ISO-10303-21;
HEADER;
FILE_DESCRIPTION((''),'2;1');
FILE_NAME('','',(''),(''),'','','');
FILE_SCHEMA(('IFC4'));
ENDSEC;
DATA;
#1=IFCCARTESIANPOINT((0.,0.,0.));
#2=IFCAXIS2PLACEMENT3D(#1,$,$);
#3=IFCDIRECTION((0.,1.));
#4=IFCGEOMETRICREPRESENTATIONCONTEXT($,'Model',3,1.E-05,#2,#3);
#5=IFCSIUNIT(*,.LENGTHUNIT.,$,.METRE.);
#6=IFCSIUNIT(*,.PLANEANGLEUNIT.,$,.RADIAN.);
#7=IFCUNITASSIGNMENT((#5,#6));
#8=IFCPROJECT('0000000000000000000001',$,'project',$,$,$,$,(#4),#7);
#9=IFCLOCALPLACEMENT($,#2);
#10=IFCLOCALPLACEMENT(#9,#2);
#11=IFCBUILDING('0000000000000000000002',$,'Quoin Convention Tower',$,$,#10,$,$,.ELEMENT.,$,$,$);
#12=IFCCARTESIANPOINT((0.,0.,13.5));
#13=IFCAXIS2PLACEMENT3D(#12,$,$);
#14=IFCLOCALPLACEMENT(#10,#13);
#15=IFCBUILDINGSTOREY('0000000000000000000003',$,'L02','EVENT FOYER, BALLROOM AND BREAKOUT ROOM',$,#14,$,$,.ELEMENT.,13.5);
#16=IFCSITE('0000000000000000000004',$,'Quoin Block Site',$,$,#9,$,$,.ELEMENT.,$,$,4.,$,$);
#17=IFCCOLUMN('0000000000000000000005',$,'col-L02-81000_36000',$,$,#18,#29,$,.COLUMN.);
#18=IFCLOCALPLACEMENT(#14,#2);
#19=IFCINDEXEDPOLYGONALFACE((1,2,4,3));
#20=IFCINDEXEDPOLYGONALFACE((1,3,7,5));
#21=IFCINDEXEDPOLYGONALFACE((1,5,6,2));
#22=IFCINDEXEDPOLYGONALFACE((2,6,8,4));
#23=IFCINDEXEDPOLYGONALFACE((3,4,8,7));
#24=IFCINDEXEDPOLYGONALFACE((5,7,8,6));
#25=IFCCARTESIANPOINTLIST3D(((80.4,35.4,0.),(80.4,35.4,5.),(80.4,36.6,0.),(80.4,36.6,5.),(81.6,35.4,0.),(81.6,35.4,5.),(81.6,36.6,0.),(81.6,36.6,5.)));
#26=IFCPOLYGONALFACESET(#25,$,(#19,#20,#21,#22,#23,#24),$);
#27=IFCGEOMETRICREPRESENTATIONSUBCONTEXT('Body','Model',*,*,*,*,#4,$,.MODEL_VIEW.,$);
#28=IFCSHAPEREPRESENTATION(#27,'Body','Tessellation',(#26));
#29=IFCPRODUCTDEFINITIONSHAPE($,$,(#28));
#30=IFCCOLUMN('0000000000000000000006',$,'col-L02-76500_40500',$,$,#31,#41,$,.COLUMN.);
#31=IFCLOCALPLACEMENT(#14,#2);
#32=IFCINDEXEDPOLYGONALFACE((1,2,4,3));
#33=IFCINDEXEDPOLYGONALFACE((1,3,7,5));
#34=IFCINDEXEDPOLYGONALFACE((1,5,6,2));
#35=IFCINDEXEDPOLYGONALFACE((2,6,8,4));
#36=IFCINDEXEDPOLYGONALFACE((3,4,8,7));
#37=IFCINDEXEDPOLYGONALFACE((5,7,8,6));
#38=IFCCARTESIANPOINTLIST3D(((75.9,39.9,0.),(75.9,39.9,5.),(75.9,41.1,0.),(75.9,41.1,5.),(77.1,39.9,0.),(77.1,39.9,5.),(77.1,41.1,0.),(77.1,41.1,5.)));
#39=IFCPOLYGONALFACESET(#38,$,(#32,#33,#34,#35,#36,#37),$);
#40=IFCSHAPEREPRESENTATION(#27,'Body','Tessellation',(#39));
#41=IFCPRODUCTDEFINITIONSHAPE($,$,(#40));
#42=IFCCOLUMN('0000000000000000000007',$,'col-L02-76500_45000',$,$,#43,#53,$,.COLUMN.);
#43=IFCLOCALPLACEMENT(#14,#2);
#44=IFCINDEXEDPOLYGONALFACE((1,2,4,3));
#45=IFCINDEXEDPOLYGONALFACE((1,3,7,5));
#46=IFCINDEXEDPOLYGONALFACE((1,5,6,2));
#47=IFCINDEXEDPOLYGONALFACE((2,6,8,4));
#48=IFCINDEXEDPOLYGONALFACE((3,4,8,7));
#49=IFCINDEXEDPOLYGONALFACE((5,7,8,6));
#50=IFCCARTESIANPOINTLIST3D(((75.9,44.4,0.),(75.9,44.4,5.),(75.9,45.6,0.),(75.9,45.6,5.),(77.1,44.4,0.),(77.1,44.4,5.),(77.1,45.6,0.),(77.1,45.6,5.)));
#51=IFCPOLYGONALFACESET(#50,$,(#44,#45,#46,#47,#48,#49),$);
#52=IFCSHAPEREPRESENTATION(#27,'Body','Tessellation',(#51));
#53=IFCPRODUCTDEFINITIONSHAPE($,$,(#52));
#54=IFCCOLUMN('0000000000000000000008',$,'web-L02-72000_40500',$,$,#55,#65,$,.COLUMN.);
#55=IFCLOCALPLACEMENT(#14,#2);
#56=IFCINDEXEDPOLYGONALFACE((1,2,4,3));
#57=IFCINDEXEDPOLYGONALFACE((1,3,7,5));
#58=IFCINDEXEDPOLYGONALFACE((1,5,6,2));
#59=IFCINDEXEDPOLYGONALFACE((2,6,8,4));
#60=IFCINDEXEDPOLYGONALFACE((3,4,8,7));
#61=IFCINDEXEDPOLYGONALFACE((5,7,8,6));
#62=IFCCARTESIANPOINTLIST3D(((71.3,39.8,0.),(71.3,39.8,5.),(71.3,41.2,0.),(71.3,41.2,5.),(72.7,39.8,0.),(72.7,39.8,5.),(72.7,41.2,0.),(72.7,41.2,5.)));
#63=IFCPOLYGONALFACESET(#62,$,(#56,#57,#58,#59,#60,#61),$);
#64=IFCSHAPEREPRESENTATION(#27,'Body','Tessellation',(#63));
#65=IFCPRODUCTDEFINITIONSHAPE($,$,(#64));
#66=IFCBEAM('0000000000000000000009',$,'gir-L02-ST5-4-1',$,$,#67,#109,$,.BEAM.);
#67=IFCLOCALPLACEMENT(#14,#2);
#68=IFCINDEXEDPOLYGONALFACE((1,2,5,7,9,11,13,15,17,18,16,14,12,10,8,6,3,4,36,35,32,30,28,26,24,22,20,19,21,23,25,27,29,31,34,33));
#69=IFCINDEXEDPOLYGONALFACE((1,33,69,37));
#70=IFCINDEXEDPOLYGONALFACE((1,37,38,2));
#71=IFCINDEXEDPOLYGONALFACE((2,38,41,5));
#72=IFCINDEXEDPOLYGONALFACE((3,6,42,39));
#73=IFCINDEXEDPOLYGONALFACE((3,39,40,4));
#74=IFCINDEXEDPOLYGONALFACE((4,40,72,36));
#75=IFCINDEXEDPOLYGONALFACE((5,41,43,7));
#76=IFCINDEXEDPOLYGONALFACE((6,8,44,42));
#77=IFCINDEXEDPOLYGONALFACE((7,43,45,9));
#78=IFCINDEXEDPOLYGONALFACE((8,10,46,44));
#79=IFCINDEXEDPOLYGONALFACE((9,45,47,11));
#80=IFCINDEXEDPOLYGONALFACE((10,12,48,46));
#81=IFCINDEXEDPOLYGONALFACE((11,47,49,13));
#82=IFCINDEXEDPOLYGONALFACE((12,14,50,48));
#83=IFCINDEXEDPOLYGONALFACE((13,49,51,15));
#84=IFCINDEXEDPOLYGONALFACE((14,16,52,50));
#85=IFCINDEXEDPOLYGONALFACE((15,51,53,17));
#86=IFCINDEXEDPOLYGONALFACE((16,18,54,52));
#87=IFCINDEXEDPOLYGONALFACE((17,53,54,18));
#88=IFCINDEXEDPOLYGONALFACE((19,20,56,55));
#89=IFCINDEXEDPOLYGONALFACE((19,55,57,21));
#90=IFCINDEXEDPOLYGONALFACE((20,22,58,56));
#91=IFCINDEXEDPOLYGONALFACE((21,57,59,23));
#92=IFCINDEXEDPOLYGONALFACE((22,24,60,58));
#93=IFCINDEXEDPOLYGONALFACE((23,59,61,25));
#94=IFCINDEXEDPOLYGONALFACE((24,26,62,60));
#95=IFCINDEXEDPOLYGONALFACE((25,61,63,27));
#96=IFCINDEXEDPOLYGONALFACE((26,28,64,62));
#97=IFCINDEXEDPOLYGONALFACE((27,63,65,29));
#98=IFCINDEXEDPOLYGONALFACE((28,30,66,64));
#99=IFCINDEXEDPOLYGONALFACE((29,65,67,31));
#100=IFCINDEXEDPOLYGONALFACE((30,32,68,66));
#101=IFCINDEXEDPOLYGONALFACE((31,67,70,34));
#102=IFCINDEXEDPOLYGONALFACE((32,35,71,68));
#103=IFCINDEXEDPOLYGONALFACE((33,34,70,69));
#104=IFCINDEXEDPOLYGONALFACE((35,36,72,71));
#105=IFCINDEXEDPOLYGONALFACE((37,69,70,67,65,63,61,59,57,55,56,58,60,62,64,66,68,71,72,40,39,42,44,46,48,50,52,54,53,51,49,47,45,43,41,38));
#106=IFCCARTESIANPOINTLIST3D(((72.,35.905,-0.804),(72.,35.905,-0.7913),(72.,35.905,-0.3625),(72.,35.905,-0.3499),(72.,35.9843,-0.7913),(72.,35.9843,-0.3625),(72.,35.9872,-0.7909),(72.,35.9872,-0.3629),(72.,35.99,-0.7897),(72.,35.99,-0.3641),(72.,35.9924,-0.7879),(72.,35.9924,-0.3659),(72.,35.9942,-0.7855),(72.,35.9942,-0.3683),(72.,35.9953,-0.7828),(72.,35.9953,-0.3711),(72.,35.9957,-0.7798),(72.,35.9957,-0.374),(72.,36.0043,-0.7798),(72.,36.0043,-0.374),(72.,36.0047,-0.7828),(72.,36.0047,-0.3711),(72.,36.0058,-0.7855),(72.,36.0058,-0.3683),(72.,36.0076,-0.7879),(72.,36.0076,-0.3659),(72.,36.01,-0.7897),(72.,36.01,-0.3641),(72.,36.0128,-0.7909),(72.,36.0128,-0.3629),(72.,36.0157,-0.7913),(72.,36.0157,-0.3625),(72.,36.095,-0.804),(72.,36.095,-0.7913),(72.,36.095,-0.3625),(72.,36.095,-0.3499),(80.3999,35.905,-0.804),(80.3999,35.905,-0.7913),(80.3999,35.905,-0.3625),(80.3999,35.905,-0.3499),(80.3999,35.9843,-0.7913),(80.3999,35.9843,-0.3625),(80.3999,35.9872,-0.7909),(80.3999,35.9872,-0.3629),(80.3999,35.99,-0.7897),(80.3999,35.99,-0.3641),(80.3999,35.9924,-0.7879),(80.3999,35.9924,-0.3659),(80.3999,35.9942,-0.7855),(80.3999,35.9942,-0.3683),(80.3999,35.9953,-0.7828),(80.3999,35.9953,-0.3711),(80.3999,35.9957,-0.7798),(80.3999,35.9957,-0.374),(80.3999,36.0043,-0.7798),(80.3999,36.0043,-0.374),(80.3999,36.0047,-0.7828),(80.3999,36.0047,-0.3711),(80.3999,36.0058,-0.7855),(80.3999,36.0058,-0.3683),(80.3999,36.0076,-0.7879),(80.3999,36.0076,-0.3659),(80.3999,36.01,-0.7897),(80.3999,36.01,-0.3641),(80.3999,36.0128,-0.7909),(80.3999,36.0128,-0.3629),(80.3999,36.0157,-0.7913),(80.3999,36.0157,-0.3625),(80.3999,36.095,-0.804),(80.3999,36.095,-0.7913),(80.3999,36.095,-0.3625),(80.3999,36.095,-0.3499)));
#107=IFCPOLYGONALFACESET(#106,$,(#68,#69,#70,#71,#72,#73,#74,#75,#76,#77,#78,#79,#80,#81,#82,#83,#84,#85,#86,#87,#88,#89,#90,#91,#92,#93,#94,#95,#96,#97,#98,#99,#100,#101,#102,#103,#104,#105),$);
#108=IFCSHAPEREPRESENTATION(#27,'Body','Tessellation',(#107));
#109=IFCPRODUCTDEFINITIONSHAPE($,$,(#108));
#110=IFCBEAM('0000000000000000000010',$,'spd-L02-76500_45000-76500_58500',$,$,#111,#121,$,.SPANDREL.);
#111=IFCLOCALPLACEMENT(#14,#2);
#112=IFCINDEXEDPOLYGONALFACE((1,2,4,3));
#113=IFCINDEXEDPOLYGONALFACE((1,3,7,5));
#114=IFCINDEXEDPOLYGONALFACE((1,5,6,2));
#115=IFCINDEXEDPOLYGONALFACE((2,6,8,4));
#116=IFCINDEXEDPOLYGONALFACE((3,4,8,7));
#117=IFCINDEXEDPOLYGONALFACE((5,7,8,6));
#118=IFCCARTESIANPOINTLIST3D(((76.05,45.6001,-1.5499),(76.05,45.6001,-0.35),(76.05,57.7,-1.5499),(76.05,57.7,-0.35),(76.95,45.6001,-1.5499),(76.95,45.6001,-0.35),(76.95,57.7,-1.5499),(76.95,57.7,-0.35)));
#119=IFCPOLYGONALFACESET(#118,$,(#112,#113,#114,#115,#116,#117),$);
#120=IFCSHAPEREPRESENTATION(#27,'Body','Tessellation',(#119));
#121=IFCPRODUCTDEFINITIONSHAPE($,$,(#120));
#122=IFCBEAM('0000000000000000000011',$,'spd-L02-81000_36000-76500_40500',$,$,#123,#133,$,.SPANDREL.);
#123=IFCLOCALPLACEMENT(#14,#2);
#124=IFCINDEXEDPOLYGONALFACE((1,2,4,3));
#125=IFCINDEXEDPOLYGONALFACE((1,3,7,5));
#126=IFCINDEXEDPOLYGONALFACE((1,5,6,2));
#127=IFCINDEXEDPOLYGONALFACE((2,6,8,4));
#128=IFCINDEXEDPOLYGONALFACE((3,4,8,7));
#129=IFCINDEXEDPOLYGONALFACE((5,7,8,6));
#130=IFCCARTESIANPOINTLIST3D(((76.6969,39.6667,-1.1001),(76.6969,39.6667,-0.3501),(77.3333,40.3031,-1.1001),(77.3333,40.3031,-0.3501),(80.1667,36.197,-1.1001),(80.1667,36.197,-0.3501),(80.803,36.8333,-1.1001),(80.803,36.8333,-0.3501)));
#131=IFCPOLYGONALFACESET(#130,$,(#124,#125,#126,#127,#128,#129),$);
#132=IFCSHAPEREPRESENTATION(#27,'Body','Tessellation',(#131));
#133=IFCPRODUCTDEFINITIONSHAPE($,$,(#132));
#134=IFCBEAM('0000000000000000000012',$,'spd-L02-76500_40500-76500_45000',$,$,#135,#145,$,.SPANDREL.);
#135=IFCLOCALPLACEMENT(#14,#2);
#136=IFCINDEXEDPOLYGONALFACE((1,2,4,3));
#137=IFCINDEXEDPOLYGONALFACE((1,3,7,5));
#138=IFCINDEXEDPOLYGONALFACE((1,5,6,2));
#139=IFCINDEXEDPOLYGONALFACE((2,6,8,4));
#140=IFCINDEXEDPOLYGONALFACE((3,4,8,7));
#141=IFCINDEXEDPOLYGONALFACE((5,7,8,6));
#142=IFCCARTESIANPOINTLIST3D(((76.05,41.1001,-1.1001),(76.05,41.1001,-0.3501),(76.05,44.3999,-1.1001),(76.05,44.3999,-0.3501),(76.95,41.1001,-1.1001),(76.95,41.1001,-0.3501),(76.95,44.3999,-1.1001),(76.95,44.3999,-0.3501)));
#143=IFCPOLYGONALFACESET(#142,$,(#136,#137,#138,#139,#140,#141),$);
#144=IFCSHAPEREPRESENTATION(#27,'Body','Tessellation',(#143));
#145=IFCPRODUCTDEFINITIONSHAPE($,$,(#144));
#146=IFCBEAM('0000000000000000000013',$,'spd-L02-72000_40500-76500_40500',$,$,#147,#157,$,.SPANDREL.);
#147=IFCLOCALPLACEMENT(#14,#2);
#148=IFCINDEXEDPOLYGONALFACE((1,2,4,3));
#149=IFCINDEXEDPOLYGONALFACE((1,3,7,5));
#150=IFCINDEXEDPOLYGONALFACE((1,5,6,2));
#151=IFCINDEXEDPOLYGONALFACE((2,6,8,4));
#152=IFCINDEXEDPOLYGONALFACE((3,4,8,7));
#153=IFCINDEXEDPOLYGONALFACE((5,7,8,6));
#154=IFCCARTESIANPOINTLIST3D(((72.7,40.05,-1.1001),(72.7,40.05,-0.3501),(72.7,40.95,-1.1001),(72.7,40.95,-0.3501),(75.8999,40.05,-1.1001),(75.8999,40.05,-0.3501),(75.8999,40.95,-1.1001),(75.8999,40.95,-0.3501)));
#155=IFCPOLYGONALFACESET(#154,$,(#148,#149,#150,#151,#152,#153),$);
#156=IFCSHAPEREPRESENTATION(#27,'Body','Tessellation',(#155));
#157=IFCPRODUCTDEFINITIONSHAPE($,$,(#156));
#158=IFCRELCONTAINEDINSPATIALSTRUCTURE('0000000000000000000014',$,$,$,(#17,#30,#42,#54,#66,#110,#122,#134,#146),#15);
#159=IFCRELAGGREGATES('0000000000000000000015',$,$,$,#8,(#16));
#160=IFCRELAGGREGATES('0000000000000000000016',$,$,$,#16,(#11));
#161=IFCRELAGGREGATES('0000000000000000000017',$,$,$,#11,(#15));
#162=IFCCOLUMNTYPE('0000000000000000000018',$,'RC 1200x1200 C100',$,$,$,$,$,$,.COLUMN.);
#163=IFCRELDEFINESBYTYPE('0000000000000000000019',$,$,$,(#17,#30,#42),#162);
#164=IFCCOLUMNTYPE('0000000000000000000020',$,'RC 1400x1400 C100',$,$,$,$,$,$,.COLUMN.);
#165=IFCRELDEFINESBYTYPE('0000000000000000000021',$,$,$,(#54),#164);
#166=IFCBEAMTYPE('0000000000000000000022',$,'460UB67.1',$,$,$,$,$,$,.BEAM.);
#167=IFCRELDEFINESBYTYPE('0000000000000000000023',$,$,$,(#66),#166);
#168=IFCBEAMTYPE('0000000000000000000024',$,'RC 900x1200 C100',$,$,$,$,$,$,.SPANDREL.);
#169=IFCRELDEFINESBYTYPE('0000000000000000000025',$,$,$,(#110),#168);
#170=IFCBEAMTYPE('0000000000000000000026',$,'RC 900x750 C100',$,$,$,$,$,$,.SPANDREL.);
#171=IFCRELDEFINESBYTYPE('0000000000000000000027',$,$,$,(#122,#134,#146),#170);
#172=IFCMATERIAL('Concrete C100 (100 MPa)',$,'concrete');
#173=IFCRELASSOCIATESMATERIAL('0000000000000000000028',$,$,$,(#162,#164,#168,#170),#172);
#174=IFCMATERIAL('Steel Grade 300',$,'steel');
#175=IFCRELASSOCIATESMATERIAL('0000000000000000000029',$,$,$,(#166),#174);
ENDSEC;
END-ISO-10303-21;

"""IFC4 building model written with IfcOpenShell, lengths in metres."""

from ifc_helpers import new_model, si_unit, direction, frame, origin, origin_2d, place, context, subcontext, project, spatial, rectangle, i_section, extrude, material, material_profile, profile_set, type_object, element, save


model = new_model("IFC4")

# Units and contexts
model_context = context("Model", 3, precision=1e-05, world=origin(), true_north=direction((0.0, 1.0)))
body_context = subcontext(model_context, "Body", "Model", "MODEL_VIEW")
ifc_project = project(units=[si_unit("LENGTHUNIT", "METRE"), si_unit("PLANEANGLEUNIT", "RADIAN")], contexts=[model_context])

# Site, building, storey
site_placement = place(None, origin())
site = spatial("IfcSite", under=ifc_project, at=site_placement, Name="Quoin Block Site", CompositionType="ELEMENT", RefElevation=4.0)
building_placement = place(site_placement, origin())
building = spatial("IfcBuilding", under=site, at=building_placement, Name="Quoin Convention Tower", CompositionType="ELEMENT")
storey_placement = place(building_placement, frame((0.0, 0.0, 13.5)))
storey = spatial("IfcBuildingStorey", under=building, at=storey_placement, Name="L02", Description="EVENT FOYER, BALLROOM AND BREAKOUT ROOM", CompositionType="ELEMENT", Elevation=13.5)

# Columns
ifc_material_1 = material(Name="Concrete C100 (100 MPa)", Category="concrete")
ifc_material_profile_1 = material_profile(ifc_material_1, rectangle(XDim=1.2, YDim=1.2, at=origin_2d()), Name="RC 1200x1200")
ifc_profile_set_1 = profile_set([ifc_material_profile_1], Name="Concrete C100 (100 MPa)")
column_type_1 = type_object("IfcColumnType", Name="RC 1200x1200 C100", PredefinedType="COLUMN", material=ifc_profile_set_1)
for number, where, z_axis, x_axis, name in (
    (1, (81.0, 36.0, 0.0), (0.0, 0.0, 1.0), (1.0, 0.0, 0.0), "col-L02-81000_36000"),
    (2, (76.5, 40.5, 0.0), (0.0, 0.0, 1.0), (1.0, 0.0, 0.0), "col-L02-76500_40500"),
    (3, (76.5, 45.0, 0.0), (0.0, 0.0, 1.0), (1.0, 0.0, 0.0), "col-L02-76500_45000"),
):
    element("IfcColumn", number, at=place(storey_placement, frame(where, z_axis=z_axis, x_axis=x_axis)), inside=storey, type_object=column_type_1, Name=name, PredefinedType="COLUMN", context=body_context, shape_type="SweptSolid", body=[
        extrude(rectangle(XDim=1.2, YDim=1.2, at=origin_2d()), origin(), (0.0, 0.0, 1.0), 5.0),
    ])
ifc_material_profile_2 = material_profile(ifc_material_1, rectangle(XDim=1.3999, YDim=1.3999, at=origin_2d()), Name="RC 1400x1400")
ifc_profile_set_2 = profile_set([ifc_material_profile_2], Name="Concrete C100 (100 MPa)")
column_type_2 = type_object("IfcColumnType", Name="RC 1400x1400 C100", PredefinedType="COLUMN", material=ifc_profile_set_2)
column_placement = place(storey_placement, frame((72.0, 40.5, 0.0), z_axis=(0.0, 0.0, 1.0), x_axis=(1.0, 0.0, 0.0)))
element("IfcColumn", 4, at=column_placement, inside=storey, type_object=column_type_2, Name="web-L02-72000_40500", PredefinedType="COLUMN", context=body_context, shape_type="SweptSolid", body=[
    extrude(rectangle(XDim=1.3999, YDim=1.3999, at=origin_2d()), origin(), (0.0, 0.0, 1.0), 5.0),
])

# Beams
ifc_material_2 = material(Name="Steel Grade 300", Category="steel")
ifc_material_profile_3 = material_profile(ifc_material_2, i_section(OverallWidth=0.1899, OverallDepth=0.4541, WebThickness=0.0085, FlangeThickness=0.0127, FilletRadius=0.0115, at=origin_2d()), Name="460UB67.1")
ifc_profile_set_3 = profile_set([ifc_material_profile_3], Name="Steel Grade 300")
beam_type_1 = type_object("IfcBeamType", Name="460UB67.1", PredefinedType="BEAM", material=ifc_profile_set_3)
beam_1_placement = place(storey_placement, frame((72.0, 36.0, -0.5769), z_axis=(1.0, 0.0, 0.0), x_axis=(0.0, 1.0, 0.0)))
element("IfcBeam", 5, at=beam_1_placement, inside=storey, type_object=beam_type_1, Name="gir-L02-ST5-4-1", PredefinedType="BEAM", context=body_context, shape_type="SweptSolid", body=[
    extrude(i_section(OverallWidth=0.1899, OverallDepth=0.4541, WebThickness=0.0085, FlangeThickness=0.0127, FilletRadius=0.0115, at=origin_2d()), origin(), (0.0, 0.0, 1.0), 8.3999),
])
ifc_material_profile_4 = material_profile(ifc_material_1, rectangle(XDim=0.8999, YDim=1.2, at=origin_2d()), Name="RC 900x1200")
ifc_profile_set_4 = profile_set([ifc_material_profile_4], Name="Concrete C100 (100 MPa)")
beam_type_2 = type_object("IfcBeamType", Name="RC 900x1200 C100", PredefinedType="SPANDREL", material=ifc_profile_set_4)
beam_2_placement = place(storey_placement, frame((76.5, 45.6001, -0.95), z_axis=(0.0, 1.0, 0.0), x_axis=(-1.0, 0.0, 0.0)))
element("IfcBeam", 6, at=beam_2_placement, inside=storey, type_object=beam_type_2, Name="spd-L02-76500_45000-76500_58500", PredefinedType="SPANDREL", context=body_context, shape_type="SweptSolid", body=[
    extrude(rectangle(XDim=0.8999, YDim=1.2, at=origin_2d()), origin(), (0.0, 0.0, 1.0), 12.0999),
])
ifc_material_profile_5 = material_profile(ifc_material_1, rectangle(XDim=0.8999, YDim=0.75, at=origin_2d()), Name="RC 900x750")
ifc_profile_set_5 = profile_set([ifc_material_profile_5], Name="Concrete C100 (100 MPa)")
beam_type_3 = type_object("IfcBeamType", Name="RC 900x750 C100", PredefinedType="SPANDREL", material=ifc_profile_set_5)
beam_3_placement = place(storey_placement, frame((80.4849, 36.5151, -0.7251), z_axis=(-0.707107, 0.707107, 0.0), x_axis=(-0.707107, -0.707107, 0.0)))
element("IfcBeam", 7, at=beam_3_placement, inside=storey, type_object=beam_type_3, Name="spd-L02-81000_36000-76500_40500", PredefinedType="SPANDREL", context=body_context, shape_type="SweptSolid", body=[
    extrude(rectangle(XDim=0.8999, YDim=0.75, at=origin_2d()), origin(), (0.0, 0.0, 1.0), 4.907),
])
beam_4_placement = place(storey_placement, frame((76.5, 41.1001, -0.7251), z_axis=(0.0, 1.0, 0.0), x_axis=(-1.0, 0.0, 0.0)))
element("IfcBeam", 8, at=beam_4_placement, inside=storey, type_object=beam_type_3, Name="spd-L02-76500_40500-76500_45000", PredefinedType="SPANDREL", context=body_context, shape_type="SweptSolid", body=[
    extrude(rectangle(XDim=0.8999, YDim=0.75, at=origin_2d()), origin(), (0.0, 0.0, 1.0), 3.2998),
])
beam_5_placement = place(storey_placement, frame((72.7, 40.5, -0.7251), z_axis=(1.0, 0.0, 0.0), x_axis=(0.0, 1.0, 0.0)))
element("IfcBeam", 9, at=beam_5_placement, inside=storey, type_object=beam_type_3, Name="spd-L02-72000_40500-76500_40500", PredefinedType="SPANDREL", context=body_context, shape_type="SweptSolid", body=[
    extrude(rectangle(XDim=0.8999, YDim=0.75, at=origin_2d()), origin(), (0.0, 0.0, 1.0), 3.2),
])

save(model, "model.ifc")
